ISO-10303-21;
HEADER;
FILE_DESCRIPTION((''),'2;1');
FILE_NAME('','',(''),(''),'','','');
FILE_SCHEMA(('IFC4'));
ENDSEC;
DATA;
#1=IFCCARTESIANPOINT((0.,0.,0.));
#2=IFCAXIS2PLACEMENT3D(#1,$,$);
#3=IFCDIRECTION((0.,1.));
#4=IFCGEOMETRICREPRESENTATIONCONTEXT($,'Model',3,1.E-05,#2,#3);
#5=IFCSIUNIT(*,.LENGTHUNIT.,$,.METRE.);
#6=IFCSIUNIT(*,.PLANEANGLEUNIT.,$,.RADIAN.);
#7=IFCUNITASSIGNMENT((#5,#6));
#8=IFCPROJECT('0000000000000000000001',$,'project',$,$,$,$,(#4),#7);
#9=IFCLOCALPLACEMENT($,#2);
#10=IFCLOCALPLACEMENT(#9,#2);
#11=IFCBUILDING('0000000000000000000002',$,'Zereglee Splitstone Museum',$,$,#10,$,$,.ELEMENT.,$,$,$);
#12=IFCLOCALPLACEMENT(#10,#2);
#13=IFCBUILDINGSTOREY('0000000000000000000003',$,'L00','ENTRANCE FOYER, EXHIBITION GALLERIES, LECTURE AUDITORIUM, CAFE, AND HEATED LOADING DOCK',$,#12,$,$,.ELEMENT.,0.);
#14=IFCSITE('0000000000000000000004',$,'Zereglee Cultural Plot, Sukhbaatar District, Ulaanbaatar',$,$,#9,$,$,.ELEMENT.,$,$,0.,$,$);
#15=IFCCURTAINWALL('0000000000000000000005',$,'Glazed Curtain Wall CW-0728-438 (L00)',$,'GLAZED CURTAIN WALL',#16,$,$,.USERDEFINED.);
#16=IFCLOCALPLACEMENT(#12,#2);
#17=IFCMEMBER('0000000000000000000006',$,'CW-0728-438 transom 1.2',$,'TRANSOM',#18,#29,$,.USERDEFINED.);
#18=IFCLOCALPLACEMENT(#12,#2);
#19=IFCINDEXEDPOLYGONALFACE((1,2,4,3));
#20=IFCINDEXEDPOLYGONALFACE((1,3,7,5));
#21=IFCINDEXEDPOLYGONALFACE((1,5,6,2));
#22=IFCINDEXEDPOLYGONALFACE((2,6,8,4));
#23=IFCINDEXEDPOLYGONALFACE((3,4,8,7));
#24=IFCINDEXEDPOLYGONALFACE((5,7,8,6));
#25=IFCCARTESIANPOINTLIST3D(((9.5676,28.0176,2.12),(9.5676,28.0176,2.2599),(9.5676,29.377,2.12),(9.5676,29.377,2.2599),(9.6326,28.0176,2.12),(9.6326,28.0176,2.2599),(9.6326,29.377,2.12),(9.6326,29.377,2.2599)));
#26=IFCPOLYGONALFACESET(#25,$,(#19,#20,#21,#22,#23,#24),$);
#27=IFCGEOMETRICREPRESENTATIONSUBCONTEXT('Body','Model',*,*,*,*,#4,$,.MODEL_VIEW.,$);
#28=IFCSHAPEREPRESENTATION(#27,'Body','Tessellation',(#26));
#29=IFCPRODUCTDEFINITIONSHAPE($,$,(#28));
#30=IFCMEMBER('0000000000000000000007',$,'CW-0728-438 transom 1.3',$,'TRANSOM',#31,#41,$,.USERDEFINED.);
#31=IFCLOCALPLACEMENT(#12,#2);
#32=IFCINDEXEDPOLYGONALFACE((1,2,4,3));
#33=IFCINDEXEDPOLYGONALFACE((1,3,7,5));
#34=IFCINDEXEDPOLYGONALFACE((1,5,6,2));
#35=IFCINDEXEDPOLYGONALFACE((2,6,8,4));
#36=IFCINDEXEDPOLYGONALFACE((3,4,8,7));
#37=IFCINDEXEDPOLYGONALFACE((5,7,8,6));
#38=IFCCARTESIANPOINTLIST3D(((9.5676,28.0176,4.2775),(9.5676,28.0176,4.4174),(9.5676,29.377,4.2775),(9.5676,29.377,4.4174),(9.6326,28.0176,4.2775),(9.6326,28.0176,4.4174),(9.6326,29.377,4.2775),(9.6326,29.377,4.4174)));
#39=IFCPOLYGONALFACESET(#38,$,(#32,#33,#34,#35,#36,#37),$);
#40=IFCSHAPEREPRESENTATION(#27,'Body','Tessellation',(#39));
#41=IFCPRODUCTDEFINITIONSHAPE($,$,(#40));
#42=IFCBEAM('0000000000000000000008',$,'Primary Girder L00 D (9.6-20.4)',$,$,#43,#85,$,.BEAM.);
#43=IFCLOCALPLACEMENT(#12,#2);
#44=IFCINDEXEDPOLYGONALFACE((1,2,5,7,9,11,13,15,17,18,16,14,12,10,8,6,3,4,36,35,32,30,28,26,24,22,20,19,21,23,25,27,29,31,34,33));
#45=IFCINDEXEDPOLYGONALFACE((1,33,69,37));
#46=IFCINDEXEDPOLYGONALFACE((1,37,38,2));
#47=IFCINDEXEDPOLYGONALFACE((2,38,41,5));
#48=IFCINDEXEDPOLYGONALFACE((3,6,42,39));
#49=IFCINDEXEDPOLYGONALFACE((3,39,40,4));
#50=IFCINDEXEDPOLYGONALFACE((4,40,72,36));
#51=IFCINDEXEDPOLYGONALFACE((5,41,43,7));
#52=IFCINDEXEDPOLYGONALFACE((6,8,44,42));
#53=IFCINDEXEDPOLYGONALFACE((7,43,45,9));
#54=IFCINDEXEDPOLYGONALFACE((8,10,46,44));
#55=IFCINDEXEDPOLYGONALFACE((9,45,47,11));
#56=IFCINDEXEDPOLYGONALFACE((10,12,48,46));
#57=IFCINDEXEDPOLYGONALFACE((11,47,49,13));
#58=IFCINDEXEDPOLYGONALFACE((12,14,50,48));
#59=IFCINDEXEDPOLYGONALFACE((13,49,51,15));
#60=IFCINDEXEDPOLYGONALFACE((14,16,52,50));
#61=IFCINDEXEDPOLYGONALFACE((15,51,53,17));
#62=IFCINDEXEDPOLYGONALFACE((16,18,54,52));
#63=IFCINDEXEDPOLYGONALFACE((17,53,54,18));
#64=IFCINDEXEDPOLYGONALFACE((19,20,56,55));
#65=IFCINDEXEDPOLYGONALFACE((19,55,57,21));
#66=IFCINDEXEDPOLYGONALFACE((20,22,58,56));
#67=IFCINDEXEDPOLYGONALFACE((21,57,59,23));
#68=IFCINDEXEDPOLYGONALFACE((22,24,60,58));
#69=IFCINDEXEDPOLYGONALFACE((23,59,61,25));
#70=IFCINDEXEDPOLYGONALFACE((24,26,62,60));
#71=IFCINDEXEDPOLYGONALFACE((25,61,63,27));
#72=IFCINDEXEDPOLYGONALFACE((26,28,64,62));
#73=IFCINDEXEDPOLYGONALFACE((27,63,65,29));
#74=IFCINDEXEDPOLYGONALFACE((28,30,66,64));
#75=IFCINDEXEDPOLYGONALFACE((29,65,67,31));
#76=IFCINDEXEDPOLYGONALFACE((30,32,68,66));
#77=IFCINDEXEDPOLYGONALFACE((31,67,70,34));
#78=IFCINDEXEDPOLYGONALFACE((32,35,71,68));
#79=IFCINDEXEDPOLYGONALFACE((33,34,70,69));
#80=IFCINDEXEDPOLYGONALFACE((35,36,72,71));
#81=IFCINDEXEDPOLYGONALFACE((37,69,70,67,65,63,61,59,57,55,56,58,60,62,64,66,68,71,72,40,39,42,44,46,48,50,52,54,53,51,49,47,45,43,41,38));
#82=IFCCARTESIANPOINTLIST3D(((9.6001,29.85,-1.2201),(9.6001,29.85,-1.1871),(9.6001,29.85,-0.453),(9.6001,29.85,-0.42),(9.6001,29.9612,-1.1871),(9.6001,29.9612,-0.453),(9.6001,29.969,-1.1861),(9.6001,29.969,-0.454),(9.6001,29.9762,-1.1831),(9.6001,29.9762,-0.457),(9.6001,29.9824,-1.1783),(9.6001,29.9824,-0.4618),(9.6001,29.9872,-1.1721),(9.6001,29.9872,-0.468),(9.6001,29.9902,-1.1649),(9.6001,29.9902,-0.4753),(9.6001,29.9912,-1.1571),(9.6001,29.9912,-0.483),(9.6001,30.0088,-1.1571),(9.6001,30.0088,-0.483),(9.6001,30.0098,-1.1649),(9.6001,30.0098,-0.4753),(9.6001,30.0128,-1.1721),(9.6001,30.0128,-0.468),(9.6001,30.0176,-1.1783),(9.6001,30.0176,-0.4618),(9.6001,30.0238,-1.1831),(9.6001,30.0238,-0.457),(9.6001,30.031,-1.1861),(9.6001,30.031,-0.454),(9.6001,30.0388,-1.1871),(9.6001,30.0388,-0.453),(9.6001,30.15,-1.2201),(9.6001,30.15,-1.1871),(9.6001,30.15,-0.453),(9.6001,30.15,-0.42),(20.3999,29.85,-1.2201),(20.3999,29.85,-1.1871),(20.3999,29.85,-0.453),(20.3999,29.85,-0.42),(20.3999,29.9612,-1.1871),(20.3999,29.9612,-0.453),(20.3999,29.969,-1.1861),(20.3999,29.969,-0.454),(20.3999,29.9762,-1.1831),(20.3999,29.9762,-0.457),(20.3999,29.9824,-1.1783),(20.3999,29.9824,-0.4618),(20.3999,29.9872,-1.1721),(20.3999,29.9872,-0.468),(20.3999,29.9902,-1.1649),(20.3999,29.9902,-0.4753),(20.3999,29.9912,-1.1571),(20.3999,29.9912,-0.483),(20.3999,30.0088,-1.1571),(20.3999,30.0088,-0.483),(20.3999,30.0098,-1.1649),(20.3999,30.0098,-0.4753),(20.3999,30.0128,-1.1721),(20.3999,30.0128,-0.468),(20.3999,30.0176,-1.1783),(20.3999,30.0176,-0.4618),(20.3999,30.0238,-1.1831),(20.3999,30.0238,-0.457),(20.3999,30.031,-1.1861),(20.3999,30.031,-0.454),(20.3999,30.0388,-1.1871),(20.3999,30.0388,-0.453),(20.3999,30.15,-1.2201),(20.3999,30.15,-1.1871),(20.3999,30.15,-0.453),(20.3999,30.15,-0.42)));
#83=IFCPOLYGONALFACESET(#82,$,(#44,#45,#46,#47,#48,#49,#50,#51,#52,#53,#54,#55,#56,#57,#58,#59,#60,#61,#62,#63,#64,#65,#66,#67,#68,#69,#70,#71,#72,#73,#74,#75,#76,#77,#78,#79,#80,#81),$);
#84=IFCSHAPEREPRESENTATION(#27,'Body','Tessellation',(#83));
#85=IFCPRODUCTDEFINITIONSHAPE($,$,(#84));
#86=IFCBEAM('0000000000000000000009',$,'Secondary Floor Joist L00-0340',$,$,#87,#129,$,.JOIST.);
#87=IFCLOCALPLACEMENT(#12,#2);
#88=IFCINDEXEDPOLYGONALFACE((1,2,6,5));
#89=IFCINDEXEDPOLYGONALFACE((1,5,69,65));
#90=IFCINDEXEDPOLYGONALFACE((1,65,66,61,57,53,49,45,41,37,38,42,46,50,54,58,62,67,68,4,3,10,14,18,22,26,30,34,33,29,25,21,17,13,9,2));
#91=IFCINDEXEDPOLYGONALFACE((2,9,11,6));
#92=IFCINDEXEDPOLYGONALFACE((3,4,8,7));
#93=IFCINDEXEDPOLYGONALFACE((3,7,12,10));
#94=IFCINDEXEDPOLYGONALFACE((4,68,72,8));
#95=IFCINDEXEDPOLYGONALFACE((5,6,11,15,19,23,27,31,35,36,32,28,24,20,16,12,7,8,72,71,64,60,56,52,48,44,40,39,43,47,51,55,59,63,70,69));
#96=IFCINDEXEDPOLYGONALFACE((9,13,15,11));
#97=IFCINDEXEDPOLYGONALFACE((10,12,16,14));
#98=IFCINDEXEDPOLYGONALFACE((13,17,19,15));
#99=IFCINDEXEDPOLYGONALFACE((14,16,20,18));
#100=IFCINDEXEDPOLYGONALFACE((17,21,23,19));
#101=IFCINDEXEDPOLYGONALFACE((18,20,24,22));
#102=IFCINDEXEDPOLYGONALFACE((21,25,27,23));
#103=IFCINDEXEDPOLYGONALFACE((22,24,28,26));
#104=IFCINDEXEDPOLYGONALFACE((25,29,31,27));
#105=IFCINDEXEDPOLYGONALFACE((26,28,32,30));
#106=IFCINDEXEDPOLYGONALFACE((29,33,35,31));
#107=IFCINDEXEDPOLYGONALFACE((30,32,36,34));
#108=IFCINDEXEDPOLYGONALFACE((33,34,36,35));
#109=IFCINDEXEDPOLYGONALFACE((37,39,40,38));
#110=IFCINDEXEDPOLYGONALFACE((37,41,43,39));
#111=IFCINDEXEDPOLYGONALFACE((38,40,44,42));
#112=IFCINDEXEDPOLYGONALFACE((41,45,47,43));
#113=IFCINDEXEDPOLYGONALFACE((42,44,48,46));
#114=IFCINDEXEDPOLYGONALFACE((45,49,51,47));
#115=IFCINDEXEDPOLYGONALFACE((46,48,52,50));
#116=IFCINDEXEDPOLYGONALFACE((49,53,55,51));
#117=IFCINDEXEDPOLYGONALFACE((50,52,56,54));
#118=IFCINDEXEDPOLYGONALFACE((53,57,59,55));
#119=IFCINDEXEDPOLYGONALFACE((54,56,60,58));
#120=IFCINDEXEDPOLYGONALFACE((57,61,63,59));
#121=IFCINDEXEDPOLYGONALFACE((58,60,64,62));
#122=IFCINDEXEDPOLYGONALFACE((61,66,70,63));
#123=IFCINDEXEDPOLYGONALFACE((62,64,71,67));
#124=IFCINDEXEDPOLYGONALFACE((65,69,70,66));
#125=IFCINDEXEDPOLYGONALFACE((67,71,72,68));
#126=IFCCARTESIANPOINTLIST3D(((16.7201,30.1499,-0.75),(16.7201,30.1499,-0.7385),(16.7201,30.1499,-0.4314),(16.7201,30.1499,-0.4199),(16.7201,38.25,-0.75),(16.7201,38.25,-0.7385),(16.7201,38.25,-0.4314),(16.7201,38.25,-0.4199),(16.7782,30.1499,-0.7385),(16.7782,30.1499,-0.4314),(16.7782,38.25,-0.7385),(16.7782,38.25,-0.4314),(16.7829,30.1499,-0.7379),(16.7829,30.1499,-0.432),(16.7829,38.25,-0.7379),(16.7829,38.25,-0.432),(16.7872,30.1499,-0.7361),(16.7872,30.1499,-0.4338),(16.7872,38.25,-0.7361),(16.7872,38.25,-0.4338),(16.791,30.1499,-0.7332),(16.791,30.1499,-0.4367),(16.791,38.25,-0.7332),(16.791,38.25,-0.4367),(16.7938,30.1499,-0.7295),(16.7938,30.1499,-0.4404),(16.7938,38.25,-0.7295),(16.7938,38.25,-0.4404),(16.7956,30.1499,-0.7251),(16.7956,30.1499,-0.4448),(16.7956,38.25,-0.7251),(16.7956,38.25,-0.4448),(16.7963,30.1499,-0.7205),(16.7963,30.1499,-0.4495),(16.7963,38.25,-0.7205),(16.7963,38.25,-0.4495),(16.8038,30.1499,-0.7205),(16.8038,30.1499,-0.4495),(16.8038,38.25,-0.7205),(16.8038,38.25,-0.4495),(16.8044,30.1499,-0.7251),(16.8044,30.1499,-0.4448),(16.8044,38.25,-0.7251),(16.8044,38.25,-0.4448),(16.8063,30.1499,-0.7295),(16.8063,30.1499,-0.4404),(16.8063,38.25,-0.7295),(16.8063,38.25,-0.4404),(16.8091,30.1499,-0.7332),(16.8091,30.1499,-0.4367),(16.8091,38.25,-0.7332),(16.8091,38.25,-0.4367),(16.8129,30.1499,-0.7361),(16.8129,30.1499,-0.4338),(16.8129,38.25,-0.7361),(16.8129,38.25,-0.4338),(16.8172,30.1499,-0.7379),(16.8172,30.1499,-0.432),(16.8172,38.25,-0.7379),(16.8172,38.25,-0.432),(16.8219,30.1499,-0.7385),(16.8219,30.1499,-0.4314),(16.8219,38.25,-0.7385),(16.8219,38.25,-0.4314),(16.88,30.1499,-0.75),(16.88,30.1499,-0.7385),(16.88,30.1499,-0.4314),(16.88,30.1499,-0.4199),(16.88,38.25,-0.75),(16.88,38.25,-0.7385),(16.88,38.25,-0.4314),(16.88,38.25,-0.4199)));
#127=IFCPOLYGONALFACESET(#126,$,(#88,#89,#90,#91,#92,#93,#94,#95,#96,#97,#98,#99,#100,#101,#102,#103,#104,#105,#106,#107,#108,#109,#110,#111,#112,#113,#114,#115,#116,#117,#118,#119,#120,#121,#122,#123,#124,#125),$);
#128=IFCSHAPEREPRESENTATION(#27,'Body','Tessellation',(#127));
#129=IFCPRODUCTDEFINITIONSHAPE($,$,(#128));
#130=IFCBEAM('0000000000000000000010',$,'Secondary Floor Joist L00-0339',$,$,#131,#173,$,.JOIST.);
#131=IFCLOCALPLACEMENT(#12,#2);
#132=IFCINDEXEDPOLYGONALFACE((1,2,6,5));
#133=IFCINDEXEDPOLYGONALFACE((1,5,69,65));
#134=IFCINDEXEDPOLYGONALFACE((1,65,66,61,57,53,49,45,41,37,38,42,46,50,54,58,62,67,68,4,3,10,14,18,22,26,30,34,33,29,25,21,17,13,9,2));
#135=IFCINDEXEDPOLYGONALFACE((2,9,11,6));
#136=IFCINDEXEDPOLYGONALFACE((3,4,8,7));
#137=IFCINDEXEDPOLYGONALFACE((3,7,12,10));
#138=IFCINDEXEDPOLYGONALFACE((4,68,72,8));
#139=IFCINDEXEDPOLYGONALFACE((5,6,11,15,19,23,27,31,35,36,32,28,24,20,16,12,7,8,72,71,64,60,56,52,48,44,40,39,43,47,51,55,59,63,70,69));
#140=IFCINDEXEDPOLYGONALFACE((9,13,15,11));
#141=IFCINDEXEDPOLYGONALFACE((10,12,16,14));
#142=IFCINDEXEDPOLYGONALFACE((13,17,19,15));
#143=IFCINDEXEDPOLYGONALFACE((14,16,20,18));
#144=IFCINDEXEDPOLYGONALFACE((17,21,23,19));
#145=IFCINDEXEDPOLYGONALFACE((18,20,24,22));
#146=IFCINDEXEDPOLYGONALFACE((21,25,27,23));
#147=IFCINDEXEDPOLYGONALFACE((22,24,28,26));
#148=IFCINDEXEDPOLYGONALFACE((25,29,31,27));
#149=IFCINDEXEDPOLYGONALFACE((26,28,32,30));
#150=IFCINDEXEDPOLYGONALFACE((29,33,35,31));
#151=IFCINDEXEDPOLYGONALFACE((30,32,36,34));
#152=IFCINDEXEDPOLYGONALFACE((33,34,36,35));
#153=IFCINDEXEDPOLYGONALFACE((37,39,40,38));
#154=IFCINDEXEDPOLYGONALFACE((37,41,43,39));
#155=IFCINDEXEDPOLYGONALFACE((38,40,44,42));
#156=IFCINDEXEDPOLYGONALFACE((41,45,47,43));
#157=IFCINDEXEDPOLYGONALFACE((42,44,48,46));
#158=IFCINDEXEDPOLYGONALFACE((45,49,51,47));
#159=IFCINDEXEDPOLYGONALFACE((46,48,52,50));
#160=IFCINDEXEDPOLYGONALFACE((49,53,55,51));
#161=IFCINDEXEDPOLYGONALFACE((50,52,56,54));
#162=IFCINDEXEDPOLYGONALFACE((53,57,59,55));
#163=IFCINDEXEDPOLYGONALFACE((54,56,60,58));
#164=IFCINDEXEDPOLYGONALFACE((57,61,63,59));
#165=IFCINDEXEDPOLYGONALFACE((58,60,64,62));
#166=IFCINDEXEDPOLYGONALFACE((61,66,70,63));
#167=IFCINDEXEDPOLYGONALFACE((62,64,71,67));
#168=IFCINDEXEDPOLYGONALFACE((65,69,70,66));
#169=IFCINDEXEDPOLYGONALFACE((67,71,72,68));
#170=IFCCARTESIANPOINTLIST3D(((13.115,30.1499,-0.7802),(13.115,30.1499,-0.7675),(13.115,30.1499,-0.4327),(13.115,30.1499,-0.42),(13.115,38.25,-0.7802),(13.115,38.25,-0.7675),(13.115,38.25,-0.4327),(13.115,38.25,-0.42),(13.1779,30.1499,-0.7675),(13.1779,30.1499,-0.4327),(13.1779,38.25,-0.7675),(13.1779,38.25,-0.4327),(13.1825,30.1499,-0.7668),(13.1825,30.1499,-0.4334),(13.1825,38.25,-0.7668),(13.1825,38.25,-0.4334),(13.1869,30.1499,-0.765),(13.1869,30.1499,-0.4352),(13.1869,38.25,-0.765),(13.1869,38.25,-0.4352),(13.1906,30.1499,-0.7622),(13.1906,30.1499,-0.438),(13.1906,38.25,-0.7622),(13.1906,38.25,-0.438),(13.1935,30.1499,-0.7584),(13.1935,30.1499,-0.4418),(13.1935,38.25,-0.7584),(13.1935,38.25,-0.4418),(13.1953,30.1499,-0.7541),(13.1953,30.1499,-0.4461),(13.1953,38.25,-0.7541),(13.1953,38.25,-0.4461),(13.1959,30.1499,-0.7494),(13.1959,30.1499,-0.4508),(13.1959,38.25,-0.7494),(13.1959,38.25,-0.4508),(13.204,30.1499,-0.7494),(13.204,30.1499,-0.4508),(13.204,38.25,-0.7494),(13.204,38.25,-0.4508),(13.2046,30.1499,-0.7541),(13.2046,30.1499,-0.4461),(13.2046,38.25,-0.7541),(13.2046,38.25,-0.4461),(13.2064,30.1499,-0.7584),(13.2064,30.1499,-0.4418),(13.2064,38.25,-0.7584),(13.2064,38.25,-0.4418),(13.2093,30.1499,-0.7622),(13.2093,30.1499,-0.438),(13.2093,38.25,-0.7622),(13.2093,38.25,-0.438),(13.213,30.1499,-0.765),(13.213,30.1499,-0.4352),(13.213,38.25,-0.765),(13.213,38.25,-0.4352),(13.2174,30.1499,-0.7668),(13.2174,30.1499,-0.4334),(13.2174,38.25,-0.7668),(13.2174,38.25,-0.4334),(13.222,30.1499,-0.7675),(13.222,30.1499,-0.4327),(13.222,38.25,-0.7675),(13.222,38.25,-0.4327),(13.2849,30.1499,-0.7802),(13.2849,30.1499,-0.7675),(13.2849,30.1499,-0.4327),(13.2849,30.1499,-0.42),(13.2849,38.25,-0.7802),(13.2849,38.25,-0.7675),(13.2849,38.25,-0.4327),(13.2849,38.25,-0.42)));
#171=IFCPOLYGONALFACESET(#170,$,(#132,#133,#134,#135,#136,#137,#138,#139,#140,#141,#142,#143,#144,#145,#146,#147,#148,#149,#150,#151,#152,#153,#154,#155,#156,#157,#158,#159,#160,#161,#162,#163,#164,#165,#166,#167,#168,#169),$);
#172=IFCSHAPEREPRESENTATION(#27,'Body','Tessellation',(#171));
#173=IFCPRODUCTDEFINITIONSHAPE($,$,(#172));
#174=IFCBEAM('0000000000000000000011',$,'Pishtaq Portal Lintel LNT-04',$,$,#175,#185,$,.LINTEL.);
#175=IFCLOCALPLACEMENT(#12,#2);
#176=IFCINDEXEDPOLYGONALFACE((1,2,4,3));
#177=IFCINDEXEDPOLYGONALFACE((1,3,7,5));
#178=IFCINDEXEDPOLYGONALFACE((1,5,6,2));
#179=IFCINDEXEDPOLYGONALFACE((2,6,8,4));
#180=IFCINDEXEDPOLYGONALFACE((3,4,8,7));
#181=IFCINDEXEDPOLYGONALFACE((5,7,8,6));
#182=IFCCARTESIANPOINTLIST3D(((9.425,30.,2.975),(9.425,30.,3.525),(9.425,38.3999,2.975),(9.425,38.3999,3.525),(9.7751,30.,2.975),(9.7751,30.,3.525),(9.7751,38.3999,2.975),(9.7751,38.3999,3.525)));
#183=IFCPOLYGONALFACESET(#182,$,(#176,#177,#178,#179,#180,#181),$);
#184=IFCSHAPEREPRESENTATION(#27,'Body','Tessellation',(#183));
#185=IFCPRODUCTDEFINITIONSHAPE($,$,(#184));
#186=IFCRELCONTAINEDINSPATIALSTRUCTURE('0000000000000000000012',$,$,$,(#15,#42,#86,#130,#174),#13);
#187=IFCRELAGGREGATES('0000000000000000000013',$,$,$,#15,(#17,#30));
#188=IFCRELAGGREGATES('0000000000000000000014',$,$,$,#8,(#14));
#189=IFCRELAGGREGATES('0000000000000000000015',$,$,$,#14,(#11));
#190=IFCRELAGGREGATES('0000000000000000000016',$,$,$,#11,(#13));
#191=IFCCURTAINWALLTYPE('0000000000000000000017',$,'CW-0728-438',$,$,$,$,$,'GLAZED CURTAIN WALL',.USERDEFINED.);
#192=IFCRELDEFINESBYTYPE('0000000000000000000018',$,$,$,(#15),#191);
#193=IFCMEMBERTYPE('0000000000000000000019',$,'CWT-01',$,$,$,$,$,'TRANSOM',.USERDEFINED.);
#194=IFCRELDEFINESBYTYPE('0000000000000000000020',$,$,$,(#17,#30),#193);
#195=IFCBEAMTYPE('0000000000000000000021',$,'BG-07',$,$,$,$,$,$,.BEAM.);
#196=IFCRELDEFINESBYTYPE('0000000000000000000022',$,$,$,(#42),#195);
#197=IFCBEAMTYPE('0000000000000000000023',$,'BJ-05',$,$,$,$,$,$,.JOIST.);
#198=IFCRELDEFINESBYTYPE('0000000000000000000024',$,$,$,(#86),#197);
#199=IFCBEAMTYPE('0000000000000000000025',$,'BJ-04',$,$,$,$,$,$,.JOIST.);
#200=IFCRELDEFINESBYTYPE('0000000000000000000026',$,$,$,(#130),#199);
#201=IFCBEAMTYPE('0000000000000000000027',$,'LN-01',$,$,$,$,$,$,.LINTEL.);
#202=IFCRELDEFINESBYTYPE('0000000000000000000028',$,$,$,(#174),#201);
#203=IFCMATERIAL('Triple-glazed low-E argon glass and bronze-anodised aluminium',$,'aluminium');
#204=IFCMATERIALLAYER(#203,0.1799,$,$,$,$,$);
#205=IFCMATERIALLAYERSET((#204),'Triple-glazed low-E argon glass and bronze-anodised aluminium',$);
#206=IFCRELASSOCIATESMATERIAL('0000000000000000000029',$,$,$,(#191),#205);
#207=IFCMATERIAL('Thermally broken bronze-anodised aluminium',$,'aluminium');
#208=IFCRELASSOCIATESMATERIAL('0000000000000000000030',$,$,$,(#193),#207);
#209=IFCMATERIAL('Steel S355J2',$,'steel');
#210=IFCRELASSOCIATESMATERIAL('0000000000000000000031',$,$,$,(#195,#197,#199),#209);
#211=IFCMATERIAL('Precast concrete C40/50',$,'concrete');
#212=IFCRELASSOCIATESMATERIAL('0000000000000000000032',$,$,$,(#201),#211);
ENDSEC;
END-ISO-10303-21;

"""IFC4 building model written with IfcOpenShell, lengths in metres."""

from ifc_helpers import new_model, si_unit, direction, frame, origin, origin_2d, place, context, subcontext, project, spatial, rectangle, i_section, extrude, material, layer, layer_set, material_profile, profile_set, type_object, element, aggregate, save


model = new_model("IFC4")

# Units and contexts
model_context = context("Model", 3, precision=1e-05, world=origin(), true_north=direction((0.0, 1.0)))
body_context = subcontext(model_context, "Body", "Model", "MODEL_VIEW")
ifc_project = project(units=[si_unit("LENGTHUNIT", "METRE"), si_unit("PLANEANGLEUNIT", "RADIAN")], contexts=[model_context])

# Site, building, storey
site_placement = place(None, origin())
site = spatial("IfcSite", under=ifc_project, at=site_placement, Name="Zereglee Cultural Plot, Sukhbaatar District, Ulaanbaatar", CompositionType="ELEMENT", RefElevation=0.0)
building_placement = place(site_placement, origin())
building = spatial("IfcBuilding", under=site, at=building_placement, Name="Zereglee Splitstone Museum", CompositionType="ELEMENT")
storey_placement = place(building_placement, origin())
storey = spatial("IfcBuildingStorey", under=building, at=storey_placement, Name="L00", Description="ENTRANCE FOYER, EXHIBITION GALLERIES, LECTURE AUDITORIUM, CAFE, AND HEATED LOADING DOCK", CompositionType="ELEMENT", Elevation=0.0)

# Shared definitions
ifc_material_1 = material(Name="Steel S355J2", Category="steel")

# Curtain wall
ifc_material_2 = material(Name="Triple-glazed low-E argon glass and bronze-anodised aluminium", Category="aluminium")
ifc_material_3 = material(Name="Thermally broken bronze-anodised aluminium", Category="aluminium")
ifc_layer_1 = layer(ifc_material_2, 0.1799)
ifc_layer_set_1 = layer_set([ifc_layer_1], Name="Triple-glazed low-E argon glass and bronze-anodised aluminium")
curtain_wall_type_1 = type_object("IfcCurtainWallType", Name="CW-0728-438", ElementType="GLAZED CURTAIN WALL", PredefinedType="USERDEFINED", material=ifc_layer_set_1)
curtain_wall_1_placement = place(storey_placement, origin())
curtain_wall_1 = element("IfcCurtainWall", 1, at=curtain_wall_1_placement, inside=storey, type_object=curtain_wall_type_1, Name="Glazed Curtain Wall CW-0728-438 (L00)", ObjectType="GLAZED CURTAIN WALL", PredefinedType="USERDEFINED")

# Members
ifc_material_profile_1 = material_profile(ifc_material_3, rectangle(XDim=0.0649, YDim=0.1399, at=origin_2d()), Name="CW TRAN 65x140")
ifc_profile_set_1 = profile_set([ifc_material_profile_1], Name="Thermally broken bronze-anodised aluminium")
member_type_1 = type_object("IfcMemberType", Name="CWT-01", ElementType="TRANSOM", PredefinedType="USERDEFINED", material=ifc_profile_set_1)
member_1_placement = place(storey_placement, frame((9.6001, 29.377, 2.1899), z_axis=(0.0, -1.0, 0.0), x_axis=(1.0, 0.0, 0.0)))
member_1 = element("IfcMember", 2, at=member_1_placement, type_object=member_type_1, Name="CW-0728-438 transom 1.2", ObjectType="TRANSOM", PredefinedType="USERDEFINED", context=body_context, shape_type="SweptSolid", body=[
    extrude(rectangle(XDim=0.0649, YDim=0.1399, at=origin_2d()), origin(), (0.0, 0.0, 1.0), 1.3594),
])
member_2_placement = place(storey_placement, frame((9.6001, 29.377, 4.3474), z_axis=(0.0, -1.0, 0.0), x_axis=(1.0, 0.0, 0.0)))
member_2 = element("IfcMember", 3, at=member_2_placement, type_object=member_type_1, Name="CW-0728-438 transom 1.3", ObjectType="TRANSOM", PredefinedType="USERDEFINED", context=body_context, shape_type="SweptSolid", body=[
    extrude(rectangle(XDim=0.0649, YDim=0.1399, at=origin_2d()), origin(), (0.0, 0.0, 1.0), 1.3594),
])
aggregate(curtain_wall_1, [member_1, member_2])

# Beams
ifc_material_profile_2 = material_profile(ifc_material_1, i_section(OverallWidth=0.3, OverallDepth=0.8, WebThickness=0.0176, FlangeThickness=0.033, FilletRadius=0.03, at=origin_2d()), Name="HE 800 B")
ifc_profile_set_2 = profile_set([ifc_material_profile_2], Name="Steel S355J2")
beam_type_1 = type_object("IfcBeamType", Name="BG-07", PredefinedType="BEAM", material=ifc_profile_set_2)
beam_1_placement = place(storey_placement, frame((9.6001, 30.0, -0.8201), z_axis=(1.0, 0.0, 0.0), x_axis=(0.0, 1.0, 0.0)))
element("IfcBeam", 4, at=beam_1_placement, inside=storey, type_object=beam_type_1, Name="Primary Girder L00 D (9.6-20.4)", PredefinedType="BEAM", context=body_context, shape_type="SweptSolid", body=[
    extrude(i_section(OverallWidth=0.3, OverallDepth=0.8, WebThickness=0.0176, FlangeThickness=0.033, FilletRadius=0.03, at=origin_2d()), origin(), (0.0, 0.0, 1.0), 10.7998),
])
ifc_material_profile_3 = material_profile(ifc_material_1, i_section(OverallWidth=0.1599, OverallDepth=0.3301, WebThickness=0.0076, FlangeThickness=0.0115, FilletRadius=0.0181, at=origin_2d()), Name="IPE 330")
ifc_profile_set_3 = profile_set([ifc_material_profile_3], Name="Steel S355J2")
beam_type_2 = type_object("IfcBeamType", Name="BJ-05", PredefinedType="JOIST", material=ifc_profile_set_3)
beam_2_placement = place(storey_placement, frame((16.8, 30.1499, -0.585), z_axis=(0.0, 1.0, 0.0), x_axis=(-1.0, 0.0, 0.0)))
element("IfcBeam", 5, at=beam_2_placement, inside=storey, type_object=beam_type_2, Name="Secondary Floor Joist L00-0340", PredefinedType="JOIST", context=body_context, shape_type="SweptSolid", body=[
    extrude(i_section(OverallWidth=0.1599, OverallDepth=0.3301, WebThickness=0.0076, FlangeThickness=0.0115, FilletRadius=0.0181, at=origin_2d()), origin(), (0.0, 0.0, 1.0), 8.1001),
])
ifc_material_profile_4 = material_profile(ifc_material_1, i_section(OverallWidth=0.1699, OverallDepth=0.3601, WebThickness=0.0081, FlangeThickness=0.0127, FilletRadius=0.0181, at=origin_2d()), Name="IPE 360")
ifc_profile_set_4 = profile_set([ifc_material_profile_4], Name="Steel S355J2")
beam_type_3 = type_object("IfcBeamType", Name="BJ-04", PredefinedType="JOIST", material=ifc_profile_set_4)
beam_3_placement = place(storey_placement, frame((13.2, 30.1499, -0.6001), z_axis=(0.0, 1.0, 0.0), x_axis=(-1.0, 0.0, 0.0)))
element("IfcBeam", 6, at=beam_3_placement, inside=storey, type_object=beam_type_3, Name="Secondary Floor Joist L00-0339", PredefinedType="JOIST", context=body_context, shape_type="SweptSolid", body=[
    extrude(i_section(OverallWidth=0.1699, OverallDepth=0.3601, WebThickness=0.0081, FlangeThickness=0.0127, FilletRadius=0.0181, at=origin_2d()), origin(), (0.0, 0.0, 1.0), 8.1001),
])
ifc_material_4 = material(Name="Precast concrete C40/50", Category="concrete")
ifc_material_profile_5 = material_profile(ifc_material_4, rectangle(XDim=0.3501, YDim=0.55, at=origin_2d()), Name="RC 350x550")
ifc_profile_set_5 = profile_set([ifc_material_profile_5], Name="Precast concrete C40/50")
beam_type_4 = type_object("IfcBeamType", Name="LN-01", PredefinedType="LINTEL", material=ifc_profile_set_5)
beam_4_placement = place(storey_placement, frame((9.6001, 30.0, 3.25), z_axis=(0.0, 1.0, 0.0), x_axis=(-1.0, 0.0, 0.0)))
element("IfcBeam", 7, at=beam_4_placement, inside=storey, type_object=beam_type_4, Name="Pishtaq Portal Lintel LNT-04", PredefinedType="LINTEL", context=body_context, shape_type="SweptSolid", body=[
    extrude(rectangle(XDim=0.3501, YDim=0.55, at=origin_2d()), origin(), (0.0, 0.0, 1.0), 8.3999),
])

save(model, "model.ifc")
